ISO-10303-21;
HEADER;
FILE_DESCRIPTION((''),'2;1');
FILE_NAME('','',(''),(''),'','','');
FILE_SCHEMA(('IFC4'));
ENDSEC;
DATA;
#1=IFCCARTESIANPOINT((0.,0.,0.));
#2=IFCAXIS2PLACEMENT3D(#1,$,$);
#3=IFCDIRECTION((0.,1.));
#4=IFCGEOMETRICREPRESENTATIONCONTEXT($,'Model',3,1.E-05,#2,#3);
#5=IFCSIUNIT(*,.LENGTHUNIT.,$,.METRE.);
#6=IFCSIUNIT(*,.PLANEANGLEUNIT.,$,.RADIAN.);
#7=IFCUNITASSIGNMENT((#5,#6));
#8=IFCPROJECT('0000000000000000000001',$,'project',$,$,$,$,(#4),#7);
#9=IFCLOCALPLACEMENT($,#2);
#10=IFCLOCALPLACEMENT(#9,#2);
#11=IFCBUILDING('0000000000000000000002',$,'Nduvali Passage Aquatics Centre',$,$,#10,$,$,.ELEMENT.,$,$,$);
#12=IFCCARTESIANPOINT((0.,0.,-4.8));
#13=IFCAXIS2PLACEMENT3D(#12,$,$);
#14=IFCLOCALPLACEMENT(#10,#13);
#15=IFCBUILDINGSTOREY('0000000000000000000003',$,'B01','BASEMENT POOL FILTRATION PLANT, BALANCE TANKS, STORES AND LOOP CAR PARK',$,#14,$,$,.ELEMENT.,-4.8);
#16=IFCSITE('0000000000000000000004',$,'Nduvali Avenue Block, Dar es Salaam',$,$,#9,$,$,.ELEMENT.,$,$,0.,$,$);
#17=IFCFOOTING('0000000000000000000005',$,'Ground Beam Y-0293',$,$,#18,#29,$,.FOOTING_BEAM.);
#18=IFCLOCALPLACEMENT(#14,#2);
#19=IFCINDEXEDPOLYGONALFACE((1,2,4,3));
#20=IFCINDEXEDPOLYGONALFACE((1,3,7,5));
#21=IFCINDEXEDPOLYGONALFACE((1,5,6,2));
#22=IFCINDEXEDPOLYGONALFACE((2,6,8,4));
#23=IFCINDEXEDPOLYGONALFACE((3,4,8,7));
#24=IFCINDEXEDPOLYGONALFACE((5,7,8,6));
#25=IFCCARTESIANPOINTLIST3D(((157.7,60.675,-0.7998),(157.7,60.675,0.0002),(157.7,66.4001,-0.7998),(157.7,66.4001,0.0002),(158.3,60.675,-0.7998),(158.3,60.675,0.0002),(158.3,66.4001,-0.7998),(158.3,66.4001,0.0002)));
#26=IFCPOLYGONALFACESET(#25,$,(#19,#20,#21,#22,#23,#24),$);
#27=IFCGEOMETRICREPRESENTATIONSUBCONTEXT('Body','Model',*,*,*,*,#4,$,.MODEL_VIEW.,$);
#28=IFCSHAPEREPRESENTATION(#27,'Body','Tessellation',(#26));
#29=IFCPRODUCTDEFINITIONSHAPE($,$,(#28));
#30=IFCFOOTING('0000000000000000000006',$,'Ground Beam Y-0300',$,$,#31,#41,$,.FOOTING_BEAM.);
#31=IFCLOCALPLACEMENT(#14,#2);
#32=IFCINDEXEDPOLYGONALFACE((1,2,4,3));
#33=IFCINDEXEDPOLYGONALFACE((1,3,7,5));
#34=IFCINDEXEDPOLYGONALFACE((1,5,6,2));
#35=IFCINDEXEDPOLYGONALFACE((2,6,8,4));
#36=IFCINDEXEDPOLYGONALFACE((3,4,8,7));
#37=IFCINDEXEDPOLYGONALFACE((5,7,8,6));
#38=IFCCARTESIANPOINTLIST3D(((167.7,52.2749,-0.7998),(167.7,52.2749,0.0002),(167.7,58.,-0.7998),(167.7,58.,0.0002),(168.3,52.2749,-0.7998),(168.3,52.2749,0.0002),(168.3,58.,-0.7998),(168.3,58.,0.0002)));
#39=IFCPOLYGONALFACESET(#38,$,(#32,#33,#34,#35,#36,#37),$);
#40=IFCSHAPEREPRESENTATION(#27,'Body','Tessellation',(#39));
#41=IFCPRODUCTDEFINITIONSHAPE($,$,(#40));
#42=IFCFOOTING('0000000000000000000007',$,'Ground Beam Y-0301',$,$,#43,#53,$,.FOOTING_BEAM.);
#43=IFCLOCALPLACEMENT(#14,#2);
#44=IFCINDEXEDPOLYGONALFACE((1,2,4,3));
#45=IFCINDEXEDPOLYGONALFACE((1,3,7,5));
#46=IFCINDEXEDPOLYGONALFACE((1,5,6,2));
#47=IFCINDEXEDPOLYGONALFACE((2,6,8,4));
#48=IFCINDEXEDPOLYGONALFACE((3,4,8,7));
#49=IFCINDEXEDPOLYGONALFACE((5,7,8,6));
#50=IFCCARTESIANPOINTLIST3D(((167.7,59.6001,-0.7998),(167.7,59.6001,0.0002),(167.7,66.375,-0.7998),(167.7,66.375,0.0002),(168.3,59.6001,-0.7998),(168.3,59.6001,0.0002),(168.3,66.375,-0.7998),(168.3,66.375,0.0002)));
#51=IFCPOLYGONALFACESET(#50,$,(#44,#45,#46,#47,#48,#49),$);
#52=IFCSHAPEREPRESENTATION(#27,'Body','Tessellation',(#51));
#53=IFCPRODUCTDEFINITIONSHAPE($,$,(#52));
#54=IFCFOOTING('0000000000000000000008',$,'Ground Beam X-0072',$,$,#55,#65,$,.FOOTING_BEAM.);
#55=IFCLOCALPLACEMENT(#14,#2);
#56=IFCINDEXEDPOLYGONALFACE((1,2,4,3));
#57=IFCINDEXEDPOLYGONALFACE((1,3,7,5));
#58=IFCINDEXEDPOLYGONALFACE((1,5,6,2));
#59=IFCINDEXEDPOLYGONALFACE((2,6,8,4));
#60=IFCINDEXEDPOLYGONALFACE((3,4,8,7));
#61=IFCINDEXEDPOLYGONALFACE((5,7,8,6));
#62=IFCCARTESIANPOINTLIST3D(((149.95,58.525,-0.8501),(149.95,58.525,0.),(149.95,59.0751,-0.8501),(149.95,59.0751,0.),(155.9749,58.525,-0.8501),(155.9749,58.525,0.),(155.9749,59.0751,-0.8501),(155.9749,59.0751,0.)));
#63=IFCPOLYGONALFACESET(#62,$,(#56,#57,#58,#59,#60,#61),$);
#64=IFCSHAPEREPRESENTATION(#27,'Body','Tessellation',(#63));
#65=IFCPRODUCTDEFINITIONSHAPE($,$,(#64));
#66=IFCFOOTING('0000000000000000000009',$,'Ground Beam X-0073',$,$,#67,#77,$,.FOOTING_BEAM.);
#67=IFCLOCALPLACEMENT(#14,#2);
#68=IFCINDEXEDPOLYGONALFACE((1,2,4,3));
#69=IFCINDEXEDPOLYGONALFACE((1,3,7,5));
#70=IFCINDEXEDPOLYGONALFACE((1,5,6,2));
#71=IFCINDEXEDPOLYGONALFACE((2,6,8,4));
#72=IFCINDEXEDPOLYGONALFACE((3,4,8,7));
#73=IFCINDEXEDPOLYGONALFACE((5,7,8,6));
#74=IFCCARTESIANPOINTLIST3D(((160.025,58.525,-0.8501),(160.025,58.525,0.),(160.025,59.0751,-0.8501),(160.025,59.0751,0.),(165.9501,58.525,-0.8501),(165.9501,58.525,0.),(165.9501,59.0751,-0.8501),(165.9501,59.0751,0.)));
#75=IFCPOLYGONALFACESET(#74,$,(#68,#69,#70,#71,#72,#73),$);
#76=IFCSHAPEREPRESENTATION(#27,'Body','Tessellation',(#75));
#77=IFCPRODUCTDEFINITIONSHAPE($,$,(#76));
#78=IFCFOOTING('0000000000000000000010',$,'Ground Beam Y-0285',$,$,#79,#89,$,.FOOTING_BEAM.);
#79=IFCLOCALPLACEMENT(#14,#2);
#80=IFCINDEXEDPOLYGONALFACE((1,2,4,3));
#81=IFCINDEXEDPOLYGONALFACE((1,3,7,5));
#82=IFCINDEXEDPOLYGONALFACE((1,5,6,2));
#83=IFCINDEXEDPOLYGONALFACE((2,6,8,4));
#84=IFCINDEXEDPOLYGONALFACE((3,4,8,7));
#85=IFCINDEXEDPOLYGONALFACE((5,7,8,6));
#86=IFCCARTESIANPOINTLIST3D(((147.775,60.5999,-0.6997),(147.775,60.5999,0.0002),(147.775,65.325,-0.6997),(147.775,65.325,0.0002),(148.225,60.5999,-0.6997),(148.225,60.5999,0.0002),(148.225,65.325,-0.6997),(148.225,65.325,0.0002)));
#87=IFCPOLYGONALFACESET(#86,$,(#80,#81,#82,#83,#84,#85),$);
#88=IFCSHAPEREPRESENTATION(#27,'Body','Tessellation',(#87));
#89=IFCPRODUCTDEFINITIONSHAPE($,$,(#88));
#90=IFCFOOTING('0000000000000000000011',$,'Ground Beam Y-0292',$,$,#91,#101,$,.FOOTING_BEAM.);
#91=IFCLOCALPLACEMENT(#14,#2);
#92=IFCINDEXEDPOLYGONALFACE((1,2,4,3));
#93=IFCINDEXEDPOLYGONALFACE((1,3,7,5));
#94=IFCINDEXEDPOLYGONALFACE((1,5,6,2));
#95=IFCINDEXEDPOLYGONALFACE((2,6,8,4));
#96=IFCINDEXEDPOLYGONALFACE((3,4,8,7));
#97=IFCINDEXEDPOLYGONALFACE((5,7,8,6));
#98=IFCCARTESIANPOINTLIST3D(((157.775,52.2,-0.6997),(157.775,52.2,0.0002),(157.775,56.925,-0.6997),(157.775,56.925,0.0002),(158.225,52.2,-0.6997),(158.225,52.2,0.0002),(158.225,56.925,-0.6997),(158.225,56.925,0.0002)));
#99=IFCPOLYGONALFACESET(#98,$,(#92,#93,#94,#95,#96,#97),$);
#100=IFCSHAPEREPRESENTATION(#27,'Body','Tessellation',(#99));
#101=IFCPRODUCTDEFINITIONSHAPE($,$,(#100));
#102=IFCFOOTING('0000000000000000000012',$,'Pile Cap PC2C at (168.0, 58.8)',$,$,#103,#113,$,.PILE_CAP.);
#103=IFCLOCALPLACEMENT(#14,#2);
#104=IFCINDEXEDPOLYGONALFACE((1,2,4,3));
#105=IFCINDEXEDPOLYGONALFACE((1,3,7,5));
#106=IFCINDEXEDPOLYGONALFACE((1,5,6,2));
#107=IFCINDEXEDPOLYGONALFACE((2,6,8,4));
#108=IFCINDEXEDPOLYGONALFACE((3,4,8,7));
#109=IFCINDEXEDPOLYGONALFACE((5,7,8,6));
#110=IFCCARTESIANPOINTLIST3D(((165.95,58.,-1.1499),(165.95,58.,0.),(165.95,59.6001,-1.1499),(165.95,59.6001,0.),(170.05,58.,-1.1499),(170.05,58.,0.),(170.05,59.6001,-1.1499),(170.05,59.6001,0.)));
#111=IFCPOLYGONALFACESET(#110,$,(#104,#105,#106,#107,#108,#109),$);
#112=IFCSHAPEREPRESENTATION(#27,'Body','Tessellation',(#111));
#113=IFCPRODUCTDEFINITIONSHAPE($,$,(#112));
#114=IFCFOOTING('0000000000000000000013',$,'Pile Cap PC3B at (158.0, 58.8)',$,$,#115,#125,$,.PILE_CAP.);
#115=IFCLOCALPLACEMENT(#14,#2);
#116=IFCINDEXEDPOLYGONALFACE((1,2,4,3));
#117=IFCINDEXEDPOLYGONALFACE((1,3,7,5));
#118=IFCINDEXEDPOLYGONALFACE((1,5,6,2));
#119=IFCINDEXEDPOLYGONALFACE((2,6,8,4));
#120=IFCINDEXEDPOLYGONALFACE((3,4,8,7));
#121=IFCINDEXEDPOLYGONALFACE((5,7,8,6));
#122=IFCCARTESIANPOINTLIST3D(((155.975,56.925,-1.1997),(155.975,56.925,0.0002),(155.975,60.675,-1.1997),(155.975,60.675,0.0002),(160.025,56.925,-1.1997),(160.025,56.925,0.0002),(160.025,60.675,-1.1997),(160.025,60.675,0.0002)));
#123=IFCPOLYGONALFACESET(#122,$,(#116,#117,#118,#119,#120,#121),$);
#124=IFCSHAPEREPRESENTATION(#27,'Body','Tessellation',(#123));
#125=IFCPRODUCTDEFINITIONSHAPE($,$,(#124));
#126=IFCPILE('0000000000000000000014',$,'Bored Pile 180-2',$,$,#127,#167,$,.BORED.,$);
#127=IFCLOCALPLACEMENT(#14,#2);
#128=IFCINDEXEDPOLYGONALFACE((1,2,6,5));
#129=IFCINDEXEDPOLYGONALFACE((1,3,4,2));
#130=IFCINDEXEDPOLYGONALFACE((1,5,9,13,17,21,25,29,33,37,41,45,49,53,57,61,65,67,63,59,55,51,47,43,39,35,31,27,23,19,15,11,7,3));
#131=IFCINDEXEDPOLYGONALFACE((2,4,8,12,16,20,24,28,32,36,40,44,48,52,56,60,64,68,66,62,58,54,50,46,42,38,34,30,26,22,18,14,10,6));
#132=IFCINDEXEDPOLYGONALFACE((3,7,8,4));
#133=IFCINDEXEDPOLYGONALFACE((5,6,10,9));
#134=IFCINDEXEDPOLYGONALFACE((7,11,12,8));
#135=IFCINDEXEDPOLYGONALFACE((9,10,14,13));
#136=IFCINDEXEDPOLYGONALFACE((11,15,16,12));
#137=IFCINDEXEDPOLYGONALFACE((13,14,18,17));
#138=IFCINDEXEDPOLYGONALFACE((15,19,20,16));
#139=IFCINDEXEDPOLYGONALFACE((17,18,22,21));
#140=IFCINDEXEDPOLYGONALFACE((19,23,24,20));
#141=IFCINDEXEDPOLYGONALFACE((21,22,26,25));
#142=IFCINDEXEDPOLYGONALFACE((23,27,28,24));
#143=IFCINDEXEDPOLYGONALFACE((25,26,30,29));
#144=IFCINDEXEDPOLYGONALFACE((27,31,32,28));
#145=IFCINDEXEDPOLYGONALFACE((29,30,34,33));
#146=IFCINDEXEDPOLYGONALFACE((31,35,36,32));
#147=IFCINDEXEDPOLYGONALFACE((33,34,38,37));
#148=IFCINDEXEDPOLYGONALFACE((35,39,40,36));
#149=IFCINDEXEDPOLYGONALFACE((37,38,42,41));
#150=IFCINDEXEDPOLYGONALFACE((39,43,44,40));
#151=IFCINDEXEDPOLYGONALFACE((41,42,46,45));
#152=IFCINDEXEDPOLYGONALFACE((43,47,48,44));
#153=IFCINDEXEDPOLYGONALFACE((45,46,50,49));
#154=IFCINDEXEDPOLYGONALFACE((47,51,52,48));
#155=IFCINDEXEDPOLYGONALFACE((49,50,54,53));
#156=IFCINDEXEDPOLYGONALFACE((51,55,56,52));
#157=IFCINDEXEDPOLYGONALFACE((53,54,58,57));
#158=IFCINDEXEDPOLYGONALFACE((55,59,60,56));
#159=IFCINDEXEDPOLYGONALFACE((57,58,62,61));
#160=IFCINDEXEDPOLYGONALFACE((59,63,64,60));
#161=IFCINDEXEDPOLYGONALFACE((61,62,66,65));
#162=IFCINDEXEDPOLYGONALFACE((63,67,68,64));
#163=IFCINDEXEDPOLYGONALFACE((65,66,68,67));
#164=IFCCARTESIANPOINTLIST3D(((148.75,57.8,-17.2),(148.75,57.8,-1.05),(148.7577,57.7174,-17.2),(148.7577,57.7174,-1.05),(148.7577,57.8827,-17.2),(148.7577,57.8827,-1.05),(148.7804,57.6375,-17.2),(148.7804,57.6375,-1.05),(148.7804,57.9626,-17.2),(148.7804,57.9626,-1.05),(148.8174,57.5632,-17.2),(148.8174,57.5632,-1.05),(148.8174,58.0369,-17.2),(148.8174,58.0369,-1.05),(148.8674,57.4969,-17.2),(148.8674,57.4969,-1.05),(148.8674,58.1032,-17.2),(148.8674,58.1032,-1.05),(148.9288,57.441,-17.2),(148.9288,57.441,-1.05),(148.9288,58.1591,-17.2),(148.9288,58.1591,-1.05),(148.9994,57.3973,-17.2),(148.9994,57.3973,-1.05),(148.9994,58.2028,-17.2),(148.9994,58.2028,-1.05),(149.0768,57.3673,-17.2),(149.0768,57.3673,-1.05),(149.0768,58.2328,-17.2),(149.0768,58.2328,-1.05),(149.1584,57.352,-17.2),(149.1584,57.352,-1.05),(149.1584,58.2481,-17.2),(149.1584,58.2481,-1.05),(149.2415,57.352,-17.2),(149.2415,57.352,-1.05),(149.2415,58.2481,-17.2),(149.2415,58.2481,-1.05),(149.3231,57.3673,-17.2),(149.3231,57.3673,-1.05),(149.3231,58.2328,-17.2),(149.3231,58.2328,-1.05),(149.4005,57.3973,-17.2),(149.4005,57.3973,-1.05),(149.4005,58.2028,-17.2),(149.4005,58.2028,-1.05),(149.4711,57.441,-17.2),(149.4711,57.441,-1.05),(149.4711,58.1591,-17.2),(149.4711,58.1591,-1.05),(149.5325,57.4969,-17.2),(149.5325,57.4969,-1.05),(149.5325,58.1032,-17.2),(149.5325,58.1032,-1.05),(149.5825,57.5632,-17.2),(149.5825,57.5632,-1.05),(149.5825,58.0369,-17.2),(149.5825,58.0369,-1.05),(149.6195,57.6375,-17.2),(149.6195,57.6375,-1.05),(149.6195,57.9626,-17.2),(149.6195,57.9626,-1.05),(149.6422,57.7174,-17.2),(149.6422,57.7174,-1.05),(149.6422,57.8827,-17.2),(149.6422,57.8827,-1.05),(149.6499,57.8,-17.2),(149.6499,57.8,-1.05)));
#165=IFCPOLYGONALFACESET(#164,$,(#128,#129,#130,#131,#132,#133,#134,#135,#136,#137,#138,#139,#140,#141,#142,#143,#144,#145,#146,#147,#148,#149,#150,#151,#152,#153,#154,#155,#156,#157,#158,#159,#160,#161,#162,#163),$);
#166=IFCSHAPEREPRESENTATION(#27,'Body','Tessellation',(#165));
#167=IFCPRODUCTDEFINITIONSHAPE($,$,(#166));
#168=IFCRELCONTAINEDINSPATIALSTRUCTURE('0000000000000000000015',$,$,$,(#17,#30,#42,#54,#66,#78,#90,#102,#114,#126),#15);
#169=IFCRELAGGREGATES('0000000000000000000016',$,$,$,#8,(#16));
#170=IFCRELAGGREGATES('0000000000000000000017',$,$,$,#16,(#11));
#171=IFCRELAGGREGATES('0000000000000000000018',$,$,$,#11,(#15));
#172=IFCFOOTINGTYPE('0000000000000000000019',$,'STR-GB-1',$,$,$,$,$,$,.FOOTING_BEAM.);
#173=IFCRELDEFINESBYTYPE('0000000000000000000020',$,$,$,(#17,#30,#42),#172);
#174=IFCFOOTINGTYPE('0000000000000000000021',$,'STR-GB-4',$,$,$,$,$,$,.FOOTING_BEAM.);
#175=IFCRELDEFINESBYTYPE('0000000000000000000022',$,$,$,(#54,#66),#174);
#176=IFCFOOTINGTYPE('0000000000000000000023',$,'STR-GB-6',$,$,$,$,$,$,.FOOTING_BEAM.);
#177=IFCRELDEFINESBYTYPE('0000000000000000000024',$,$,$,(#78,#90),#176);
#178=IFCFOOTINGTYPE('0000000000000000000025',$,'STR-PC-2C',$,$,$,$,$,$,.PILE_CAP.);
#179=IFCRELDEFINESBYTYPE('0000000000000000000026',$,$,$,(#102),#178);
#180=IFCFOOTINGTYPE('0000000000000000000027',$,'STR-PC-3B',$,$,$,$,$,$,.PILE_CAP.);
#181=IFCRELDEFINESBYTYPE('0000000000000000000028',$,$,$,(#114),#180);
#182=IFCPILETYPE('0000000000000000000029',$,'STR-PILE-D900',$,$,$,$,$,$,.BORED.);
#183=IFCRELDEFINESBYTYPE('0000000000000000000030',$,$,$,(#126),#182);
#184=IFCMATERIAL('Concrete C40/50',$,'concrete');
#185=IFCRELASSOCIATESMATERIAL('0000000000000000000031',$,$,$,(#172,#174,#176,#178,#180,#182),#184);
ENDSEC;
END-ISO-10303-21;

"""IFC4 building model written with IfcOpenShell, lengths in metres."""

from ifc_helpers import new_model, si_unit, direction, frame, origin, origin_2d, place, context, subcontext, project, spatial, rectangle, circle, extrude, material, material_profile, profile_set, type_object, element, save


model = new_model("IFC4")

# Units and contexts
model_context = context("Model", 3, precision=1e-05, world=origin(), true_north=direction((0.0, 1.0)))
body_context = subcontext(model_context, "Body", "Model", "MODEL_VIEW")
ifc_project = project(units=[si_unit("LENGTHUNIT", "METRE"), si_unit("PLANEANGLEUNIT", "RADIAN")], contexts=[model_context])

# Site, building, storey
site_placement = place(None, origin())
site = spatial("IfcSite", under=ifc_project, at=site_placement, Name="Nduvali Avenue Block, Dar es Salaam", CompositionType="ELEMENT", RefElevation=0.0)
building_placement = place(site_placement, origin())
building = spatial("IfcBuilding", under=site, at=building_placement, Name="Nduvali Passage Aquatics Centre", CompositionType="ELEMENT")
storey_placement = place(building_placement, frame((0.0, 0.0, -4.8)))
storey = spatial("IfcBuildingStorey", under=building, at=storey_placement, Name="B01", Description="BASEMENT POOL FILTRATION PLANT, BALANCE TANKS, STORES AND LOOP CAR PARK", CompositionType="ELEMENT", Elevation=-4.8)

# Footings
ifc_material = material(Name="Concrete C40/50", Category="concrete")
footing_type_1 = type_object("IfcFootingType", Name="STR-GB-1", PredefinedType="FOOTING_BEAM", material=ifc_material)
for number, where, z_axis, x_axis, name in (
    (1, (158.0, 63.5376, -0.7998), (0.0, 0.0, 1.0), (0.0, 1.0, 0.0), "Ground Beam Y-0293"),
    (2, (168.0, 55.1375, -0.7998), (0.0, 0.0, 1.0), (0.0, 1.0, 0.0), "Ground Beam Y-0300"),
):
    element("IfcFooting", number, at=place(storey_placement, frame(where, z_axis=z_axis, x_axis=x_axis)), inside=storey, type_object=footing_type_1, Name=name, PredefinedType="FOOTING_BEAM", context=body_context, shape_type="SweptSolid", body=[
        extrude(rectangle(XDim=5.7251, YDim=0.6001, at=origin_2d()), origin(), (0.0, 0.0, 1.0), 0.8),
    ])
footing_1_placement = place(storey_placement, frame((168.0, 62.9875, -0.7998), z_axis=(0.0, 0.0, 1.0), x_axis=(0.0, 1.0, 0.0)))
element("IfcFooting", 3, at=footing_1_placement, inside=storey, type_object=footing_type_1, Name="Ground Beam Y-0301", PredefinedType="FOOTING_BEAM", context=body_context, shape_type="SweptSolid", body=[
    extrude(rectangle(XDim=6.7749, YDim=0.6001, at=origin_2d()), origin(), (0.0, 0.0, 1.0), 0.8),
])
footing_type_2 = type_object("IfcFootingType", Name="STR-GB-4", PredefinedType="FOOTING_BEAM", material=ifc_material)
footing_2_placement = place(storey_placement, frame((152.9624, 58.8, -0.8501), z_axis=(0.0, 0.0, 1.0), x_axis=(1.0, 0.0, 0.0)))
element("IfcFooting", 4, at=footing_2_placement, inside=storey, type_object=footing_type_2, Name="Ground Beam X-0072", PredefinedType="FOOTING_BEAM", context=body_context, shape_type="SweptSolid", body=[
    extrude(rectangle(XDim=6.0249, YDim=0.55, at=origin_2d()), origin(), (0.0, 0.0, 1.0), 0.8501),
])
footing_3_placement = place(storey_placement, frame((162.9875, 58.8, -0.8501), z_axis=(0.0, 0.0, 1.0), x_axis=(1.0, 0.0, 0.0)))
element("IfcFooting", 5, at=footing_3_placement, inside=storey, type_object=footing_type_2, Name="Ground Beam X-0073", PredefinedType="FOOTING_BEAM", context=body_context, shape_type="SweptSolid", body=[
    extrude(rectangle(XDim=5.925, YDim=0.55, at=origin_2d()), origin(), (0.0, 0.0, 1.0), 0.8501),
])
footing_type_3 = type_object("IfcFootingType", Name="STR-GB-6", PredefinedType="FOOTING_BEAM", material=ifc_material)
for number, where, z_axis, x_axis, name in (
    (6, (148.0, 62.9624, -0.6997), (0.0, 0.0, 1.0), (0.0, 1.0, 0.0), "Ground Beam Y-0285"),
    (7, (158.0, 54.5625, -0.6997), (0.0, 0.0, 1.0), (0.0, 1.0, 0.0), "Ground Beam Y-0292"),
):
    element("IfcFooting", number, at=place(storey_placement, frame(where, z_axis=z_axis, x_axis=x_axis)), inside=storey, type_object=footing_type_3, Name=name, PredefinedType="FOOTING_BEAM", context=body_context, shape_type="SweptSolid", body=[
        extrude(rectangle(XDim=4.7251, YDim=0.45, at=origin_2d()), origin(), (0.0, 0.0, 1.0), 0.7),
    ])
footing_type_4 = type_object("IfcFootingType", Name="STR-PC-2C", PredefinedType="PILE_CAP", material=ifc_material)
footing_4_placement = place(storey_placement, frame((168.0, 58.8, -1.1499), z_axis=(0.0, 0.0, 1.0), x_axis=(1.0, 0.0, 0.0)))
element("IfcFooting", 8, at=footing_4_placement, inside=storey, type_object=footing_type_4, Name="Pile Cap PC2C at (168.0, 58.8)", PredefinedType="PILE_CAP", context=body_context, shape_type="SweptSolid", body=[
    extrude(rectangle(XDim=4.1001, YDim=1.6001, at=origin_2d()), origin(), (0.0, 0.0, 1.0), 1.1499),
])
footing_type_5 = type_object("IfcFootingType", Name="STR-PC-3B", PredefinedType="PILE_CAP", material=ifc_material)
footing_5_placement = place(storey_placement, frame((158.0, 58.8, -1.1997), z_axis=(0.0, 0.0, 1.0), x_axis=(1.0, 0.0, 0.0)))
element("IfcFooting", 9, at=footing_5_placement, inside=storey, type_object=footing_type_5, Name="Pile Cap PC3B at (158.0, 58.8)", PredefinedType="PILE_CAP", context=body_context, shape_type="SweptSolid", body=[
    extrude(rectangle(XDim=4.05, YDim=3.75, at=origin_2d()), origin(), (0.0, 0.0, 1.0), 1.2),
])

# Pile
ifc_material_profile_1 = material_profile(ifc_material, circle(Radius=0.45, at=origin_2d()), Name="PILE D900")
ifc_profile_set_1 = profile_set([ifc_material_profile_1], Name="Concrete C40/50")
pile_type = type_object("IfcPileType", Name="STR-PILE-D900", PredefinedType="BORED", material=ifc_profile_set_1)
for number, where, z_axis, x_axis, name in (
    (10, (149.2, 57.8, -1.05), (0.0, 0.0, -1.0), (1.0, 0.0, 0.0), "Bored Pile 180-2"),
):
    element("IfcPile", number, at=place(storey_placement, frame(where, z_axis=z_axis, x_axis=x_axis)), inside=storey, type_object=pile_type, Name=name, PredefinedType="BORED", context=body_context, shape_type="SweptSolid", body=[
        extrude(circle(Radius=0.45, at=origin_2d()), origin(), (0.0, 0.0, 1.0), 16.1499),
    ])

save(model, "model.ifc")
